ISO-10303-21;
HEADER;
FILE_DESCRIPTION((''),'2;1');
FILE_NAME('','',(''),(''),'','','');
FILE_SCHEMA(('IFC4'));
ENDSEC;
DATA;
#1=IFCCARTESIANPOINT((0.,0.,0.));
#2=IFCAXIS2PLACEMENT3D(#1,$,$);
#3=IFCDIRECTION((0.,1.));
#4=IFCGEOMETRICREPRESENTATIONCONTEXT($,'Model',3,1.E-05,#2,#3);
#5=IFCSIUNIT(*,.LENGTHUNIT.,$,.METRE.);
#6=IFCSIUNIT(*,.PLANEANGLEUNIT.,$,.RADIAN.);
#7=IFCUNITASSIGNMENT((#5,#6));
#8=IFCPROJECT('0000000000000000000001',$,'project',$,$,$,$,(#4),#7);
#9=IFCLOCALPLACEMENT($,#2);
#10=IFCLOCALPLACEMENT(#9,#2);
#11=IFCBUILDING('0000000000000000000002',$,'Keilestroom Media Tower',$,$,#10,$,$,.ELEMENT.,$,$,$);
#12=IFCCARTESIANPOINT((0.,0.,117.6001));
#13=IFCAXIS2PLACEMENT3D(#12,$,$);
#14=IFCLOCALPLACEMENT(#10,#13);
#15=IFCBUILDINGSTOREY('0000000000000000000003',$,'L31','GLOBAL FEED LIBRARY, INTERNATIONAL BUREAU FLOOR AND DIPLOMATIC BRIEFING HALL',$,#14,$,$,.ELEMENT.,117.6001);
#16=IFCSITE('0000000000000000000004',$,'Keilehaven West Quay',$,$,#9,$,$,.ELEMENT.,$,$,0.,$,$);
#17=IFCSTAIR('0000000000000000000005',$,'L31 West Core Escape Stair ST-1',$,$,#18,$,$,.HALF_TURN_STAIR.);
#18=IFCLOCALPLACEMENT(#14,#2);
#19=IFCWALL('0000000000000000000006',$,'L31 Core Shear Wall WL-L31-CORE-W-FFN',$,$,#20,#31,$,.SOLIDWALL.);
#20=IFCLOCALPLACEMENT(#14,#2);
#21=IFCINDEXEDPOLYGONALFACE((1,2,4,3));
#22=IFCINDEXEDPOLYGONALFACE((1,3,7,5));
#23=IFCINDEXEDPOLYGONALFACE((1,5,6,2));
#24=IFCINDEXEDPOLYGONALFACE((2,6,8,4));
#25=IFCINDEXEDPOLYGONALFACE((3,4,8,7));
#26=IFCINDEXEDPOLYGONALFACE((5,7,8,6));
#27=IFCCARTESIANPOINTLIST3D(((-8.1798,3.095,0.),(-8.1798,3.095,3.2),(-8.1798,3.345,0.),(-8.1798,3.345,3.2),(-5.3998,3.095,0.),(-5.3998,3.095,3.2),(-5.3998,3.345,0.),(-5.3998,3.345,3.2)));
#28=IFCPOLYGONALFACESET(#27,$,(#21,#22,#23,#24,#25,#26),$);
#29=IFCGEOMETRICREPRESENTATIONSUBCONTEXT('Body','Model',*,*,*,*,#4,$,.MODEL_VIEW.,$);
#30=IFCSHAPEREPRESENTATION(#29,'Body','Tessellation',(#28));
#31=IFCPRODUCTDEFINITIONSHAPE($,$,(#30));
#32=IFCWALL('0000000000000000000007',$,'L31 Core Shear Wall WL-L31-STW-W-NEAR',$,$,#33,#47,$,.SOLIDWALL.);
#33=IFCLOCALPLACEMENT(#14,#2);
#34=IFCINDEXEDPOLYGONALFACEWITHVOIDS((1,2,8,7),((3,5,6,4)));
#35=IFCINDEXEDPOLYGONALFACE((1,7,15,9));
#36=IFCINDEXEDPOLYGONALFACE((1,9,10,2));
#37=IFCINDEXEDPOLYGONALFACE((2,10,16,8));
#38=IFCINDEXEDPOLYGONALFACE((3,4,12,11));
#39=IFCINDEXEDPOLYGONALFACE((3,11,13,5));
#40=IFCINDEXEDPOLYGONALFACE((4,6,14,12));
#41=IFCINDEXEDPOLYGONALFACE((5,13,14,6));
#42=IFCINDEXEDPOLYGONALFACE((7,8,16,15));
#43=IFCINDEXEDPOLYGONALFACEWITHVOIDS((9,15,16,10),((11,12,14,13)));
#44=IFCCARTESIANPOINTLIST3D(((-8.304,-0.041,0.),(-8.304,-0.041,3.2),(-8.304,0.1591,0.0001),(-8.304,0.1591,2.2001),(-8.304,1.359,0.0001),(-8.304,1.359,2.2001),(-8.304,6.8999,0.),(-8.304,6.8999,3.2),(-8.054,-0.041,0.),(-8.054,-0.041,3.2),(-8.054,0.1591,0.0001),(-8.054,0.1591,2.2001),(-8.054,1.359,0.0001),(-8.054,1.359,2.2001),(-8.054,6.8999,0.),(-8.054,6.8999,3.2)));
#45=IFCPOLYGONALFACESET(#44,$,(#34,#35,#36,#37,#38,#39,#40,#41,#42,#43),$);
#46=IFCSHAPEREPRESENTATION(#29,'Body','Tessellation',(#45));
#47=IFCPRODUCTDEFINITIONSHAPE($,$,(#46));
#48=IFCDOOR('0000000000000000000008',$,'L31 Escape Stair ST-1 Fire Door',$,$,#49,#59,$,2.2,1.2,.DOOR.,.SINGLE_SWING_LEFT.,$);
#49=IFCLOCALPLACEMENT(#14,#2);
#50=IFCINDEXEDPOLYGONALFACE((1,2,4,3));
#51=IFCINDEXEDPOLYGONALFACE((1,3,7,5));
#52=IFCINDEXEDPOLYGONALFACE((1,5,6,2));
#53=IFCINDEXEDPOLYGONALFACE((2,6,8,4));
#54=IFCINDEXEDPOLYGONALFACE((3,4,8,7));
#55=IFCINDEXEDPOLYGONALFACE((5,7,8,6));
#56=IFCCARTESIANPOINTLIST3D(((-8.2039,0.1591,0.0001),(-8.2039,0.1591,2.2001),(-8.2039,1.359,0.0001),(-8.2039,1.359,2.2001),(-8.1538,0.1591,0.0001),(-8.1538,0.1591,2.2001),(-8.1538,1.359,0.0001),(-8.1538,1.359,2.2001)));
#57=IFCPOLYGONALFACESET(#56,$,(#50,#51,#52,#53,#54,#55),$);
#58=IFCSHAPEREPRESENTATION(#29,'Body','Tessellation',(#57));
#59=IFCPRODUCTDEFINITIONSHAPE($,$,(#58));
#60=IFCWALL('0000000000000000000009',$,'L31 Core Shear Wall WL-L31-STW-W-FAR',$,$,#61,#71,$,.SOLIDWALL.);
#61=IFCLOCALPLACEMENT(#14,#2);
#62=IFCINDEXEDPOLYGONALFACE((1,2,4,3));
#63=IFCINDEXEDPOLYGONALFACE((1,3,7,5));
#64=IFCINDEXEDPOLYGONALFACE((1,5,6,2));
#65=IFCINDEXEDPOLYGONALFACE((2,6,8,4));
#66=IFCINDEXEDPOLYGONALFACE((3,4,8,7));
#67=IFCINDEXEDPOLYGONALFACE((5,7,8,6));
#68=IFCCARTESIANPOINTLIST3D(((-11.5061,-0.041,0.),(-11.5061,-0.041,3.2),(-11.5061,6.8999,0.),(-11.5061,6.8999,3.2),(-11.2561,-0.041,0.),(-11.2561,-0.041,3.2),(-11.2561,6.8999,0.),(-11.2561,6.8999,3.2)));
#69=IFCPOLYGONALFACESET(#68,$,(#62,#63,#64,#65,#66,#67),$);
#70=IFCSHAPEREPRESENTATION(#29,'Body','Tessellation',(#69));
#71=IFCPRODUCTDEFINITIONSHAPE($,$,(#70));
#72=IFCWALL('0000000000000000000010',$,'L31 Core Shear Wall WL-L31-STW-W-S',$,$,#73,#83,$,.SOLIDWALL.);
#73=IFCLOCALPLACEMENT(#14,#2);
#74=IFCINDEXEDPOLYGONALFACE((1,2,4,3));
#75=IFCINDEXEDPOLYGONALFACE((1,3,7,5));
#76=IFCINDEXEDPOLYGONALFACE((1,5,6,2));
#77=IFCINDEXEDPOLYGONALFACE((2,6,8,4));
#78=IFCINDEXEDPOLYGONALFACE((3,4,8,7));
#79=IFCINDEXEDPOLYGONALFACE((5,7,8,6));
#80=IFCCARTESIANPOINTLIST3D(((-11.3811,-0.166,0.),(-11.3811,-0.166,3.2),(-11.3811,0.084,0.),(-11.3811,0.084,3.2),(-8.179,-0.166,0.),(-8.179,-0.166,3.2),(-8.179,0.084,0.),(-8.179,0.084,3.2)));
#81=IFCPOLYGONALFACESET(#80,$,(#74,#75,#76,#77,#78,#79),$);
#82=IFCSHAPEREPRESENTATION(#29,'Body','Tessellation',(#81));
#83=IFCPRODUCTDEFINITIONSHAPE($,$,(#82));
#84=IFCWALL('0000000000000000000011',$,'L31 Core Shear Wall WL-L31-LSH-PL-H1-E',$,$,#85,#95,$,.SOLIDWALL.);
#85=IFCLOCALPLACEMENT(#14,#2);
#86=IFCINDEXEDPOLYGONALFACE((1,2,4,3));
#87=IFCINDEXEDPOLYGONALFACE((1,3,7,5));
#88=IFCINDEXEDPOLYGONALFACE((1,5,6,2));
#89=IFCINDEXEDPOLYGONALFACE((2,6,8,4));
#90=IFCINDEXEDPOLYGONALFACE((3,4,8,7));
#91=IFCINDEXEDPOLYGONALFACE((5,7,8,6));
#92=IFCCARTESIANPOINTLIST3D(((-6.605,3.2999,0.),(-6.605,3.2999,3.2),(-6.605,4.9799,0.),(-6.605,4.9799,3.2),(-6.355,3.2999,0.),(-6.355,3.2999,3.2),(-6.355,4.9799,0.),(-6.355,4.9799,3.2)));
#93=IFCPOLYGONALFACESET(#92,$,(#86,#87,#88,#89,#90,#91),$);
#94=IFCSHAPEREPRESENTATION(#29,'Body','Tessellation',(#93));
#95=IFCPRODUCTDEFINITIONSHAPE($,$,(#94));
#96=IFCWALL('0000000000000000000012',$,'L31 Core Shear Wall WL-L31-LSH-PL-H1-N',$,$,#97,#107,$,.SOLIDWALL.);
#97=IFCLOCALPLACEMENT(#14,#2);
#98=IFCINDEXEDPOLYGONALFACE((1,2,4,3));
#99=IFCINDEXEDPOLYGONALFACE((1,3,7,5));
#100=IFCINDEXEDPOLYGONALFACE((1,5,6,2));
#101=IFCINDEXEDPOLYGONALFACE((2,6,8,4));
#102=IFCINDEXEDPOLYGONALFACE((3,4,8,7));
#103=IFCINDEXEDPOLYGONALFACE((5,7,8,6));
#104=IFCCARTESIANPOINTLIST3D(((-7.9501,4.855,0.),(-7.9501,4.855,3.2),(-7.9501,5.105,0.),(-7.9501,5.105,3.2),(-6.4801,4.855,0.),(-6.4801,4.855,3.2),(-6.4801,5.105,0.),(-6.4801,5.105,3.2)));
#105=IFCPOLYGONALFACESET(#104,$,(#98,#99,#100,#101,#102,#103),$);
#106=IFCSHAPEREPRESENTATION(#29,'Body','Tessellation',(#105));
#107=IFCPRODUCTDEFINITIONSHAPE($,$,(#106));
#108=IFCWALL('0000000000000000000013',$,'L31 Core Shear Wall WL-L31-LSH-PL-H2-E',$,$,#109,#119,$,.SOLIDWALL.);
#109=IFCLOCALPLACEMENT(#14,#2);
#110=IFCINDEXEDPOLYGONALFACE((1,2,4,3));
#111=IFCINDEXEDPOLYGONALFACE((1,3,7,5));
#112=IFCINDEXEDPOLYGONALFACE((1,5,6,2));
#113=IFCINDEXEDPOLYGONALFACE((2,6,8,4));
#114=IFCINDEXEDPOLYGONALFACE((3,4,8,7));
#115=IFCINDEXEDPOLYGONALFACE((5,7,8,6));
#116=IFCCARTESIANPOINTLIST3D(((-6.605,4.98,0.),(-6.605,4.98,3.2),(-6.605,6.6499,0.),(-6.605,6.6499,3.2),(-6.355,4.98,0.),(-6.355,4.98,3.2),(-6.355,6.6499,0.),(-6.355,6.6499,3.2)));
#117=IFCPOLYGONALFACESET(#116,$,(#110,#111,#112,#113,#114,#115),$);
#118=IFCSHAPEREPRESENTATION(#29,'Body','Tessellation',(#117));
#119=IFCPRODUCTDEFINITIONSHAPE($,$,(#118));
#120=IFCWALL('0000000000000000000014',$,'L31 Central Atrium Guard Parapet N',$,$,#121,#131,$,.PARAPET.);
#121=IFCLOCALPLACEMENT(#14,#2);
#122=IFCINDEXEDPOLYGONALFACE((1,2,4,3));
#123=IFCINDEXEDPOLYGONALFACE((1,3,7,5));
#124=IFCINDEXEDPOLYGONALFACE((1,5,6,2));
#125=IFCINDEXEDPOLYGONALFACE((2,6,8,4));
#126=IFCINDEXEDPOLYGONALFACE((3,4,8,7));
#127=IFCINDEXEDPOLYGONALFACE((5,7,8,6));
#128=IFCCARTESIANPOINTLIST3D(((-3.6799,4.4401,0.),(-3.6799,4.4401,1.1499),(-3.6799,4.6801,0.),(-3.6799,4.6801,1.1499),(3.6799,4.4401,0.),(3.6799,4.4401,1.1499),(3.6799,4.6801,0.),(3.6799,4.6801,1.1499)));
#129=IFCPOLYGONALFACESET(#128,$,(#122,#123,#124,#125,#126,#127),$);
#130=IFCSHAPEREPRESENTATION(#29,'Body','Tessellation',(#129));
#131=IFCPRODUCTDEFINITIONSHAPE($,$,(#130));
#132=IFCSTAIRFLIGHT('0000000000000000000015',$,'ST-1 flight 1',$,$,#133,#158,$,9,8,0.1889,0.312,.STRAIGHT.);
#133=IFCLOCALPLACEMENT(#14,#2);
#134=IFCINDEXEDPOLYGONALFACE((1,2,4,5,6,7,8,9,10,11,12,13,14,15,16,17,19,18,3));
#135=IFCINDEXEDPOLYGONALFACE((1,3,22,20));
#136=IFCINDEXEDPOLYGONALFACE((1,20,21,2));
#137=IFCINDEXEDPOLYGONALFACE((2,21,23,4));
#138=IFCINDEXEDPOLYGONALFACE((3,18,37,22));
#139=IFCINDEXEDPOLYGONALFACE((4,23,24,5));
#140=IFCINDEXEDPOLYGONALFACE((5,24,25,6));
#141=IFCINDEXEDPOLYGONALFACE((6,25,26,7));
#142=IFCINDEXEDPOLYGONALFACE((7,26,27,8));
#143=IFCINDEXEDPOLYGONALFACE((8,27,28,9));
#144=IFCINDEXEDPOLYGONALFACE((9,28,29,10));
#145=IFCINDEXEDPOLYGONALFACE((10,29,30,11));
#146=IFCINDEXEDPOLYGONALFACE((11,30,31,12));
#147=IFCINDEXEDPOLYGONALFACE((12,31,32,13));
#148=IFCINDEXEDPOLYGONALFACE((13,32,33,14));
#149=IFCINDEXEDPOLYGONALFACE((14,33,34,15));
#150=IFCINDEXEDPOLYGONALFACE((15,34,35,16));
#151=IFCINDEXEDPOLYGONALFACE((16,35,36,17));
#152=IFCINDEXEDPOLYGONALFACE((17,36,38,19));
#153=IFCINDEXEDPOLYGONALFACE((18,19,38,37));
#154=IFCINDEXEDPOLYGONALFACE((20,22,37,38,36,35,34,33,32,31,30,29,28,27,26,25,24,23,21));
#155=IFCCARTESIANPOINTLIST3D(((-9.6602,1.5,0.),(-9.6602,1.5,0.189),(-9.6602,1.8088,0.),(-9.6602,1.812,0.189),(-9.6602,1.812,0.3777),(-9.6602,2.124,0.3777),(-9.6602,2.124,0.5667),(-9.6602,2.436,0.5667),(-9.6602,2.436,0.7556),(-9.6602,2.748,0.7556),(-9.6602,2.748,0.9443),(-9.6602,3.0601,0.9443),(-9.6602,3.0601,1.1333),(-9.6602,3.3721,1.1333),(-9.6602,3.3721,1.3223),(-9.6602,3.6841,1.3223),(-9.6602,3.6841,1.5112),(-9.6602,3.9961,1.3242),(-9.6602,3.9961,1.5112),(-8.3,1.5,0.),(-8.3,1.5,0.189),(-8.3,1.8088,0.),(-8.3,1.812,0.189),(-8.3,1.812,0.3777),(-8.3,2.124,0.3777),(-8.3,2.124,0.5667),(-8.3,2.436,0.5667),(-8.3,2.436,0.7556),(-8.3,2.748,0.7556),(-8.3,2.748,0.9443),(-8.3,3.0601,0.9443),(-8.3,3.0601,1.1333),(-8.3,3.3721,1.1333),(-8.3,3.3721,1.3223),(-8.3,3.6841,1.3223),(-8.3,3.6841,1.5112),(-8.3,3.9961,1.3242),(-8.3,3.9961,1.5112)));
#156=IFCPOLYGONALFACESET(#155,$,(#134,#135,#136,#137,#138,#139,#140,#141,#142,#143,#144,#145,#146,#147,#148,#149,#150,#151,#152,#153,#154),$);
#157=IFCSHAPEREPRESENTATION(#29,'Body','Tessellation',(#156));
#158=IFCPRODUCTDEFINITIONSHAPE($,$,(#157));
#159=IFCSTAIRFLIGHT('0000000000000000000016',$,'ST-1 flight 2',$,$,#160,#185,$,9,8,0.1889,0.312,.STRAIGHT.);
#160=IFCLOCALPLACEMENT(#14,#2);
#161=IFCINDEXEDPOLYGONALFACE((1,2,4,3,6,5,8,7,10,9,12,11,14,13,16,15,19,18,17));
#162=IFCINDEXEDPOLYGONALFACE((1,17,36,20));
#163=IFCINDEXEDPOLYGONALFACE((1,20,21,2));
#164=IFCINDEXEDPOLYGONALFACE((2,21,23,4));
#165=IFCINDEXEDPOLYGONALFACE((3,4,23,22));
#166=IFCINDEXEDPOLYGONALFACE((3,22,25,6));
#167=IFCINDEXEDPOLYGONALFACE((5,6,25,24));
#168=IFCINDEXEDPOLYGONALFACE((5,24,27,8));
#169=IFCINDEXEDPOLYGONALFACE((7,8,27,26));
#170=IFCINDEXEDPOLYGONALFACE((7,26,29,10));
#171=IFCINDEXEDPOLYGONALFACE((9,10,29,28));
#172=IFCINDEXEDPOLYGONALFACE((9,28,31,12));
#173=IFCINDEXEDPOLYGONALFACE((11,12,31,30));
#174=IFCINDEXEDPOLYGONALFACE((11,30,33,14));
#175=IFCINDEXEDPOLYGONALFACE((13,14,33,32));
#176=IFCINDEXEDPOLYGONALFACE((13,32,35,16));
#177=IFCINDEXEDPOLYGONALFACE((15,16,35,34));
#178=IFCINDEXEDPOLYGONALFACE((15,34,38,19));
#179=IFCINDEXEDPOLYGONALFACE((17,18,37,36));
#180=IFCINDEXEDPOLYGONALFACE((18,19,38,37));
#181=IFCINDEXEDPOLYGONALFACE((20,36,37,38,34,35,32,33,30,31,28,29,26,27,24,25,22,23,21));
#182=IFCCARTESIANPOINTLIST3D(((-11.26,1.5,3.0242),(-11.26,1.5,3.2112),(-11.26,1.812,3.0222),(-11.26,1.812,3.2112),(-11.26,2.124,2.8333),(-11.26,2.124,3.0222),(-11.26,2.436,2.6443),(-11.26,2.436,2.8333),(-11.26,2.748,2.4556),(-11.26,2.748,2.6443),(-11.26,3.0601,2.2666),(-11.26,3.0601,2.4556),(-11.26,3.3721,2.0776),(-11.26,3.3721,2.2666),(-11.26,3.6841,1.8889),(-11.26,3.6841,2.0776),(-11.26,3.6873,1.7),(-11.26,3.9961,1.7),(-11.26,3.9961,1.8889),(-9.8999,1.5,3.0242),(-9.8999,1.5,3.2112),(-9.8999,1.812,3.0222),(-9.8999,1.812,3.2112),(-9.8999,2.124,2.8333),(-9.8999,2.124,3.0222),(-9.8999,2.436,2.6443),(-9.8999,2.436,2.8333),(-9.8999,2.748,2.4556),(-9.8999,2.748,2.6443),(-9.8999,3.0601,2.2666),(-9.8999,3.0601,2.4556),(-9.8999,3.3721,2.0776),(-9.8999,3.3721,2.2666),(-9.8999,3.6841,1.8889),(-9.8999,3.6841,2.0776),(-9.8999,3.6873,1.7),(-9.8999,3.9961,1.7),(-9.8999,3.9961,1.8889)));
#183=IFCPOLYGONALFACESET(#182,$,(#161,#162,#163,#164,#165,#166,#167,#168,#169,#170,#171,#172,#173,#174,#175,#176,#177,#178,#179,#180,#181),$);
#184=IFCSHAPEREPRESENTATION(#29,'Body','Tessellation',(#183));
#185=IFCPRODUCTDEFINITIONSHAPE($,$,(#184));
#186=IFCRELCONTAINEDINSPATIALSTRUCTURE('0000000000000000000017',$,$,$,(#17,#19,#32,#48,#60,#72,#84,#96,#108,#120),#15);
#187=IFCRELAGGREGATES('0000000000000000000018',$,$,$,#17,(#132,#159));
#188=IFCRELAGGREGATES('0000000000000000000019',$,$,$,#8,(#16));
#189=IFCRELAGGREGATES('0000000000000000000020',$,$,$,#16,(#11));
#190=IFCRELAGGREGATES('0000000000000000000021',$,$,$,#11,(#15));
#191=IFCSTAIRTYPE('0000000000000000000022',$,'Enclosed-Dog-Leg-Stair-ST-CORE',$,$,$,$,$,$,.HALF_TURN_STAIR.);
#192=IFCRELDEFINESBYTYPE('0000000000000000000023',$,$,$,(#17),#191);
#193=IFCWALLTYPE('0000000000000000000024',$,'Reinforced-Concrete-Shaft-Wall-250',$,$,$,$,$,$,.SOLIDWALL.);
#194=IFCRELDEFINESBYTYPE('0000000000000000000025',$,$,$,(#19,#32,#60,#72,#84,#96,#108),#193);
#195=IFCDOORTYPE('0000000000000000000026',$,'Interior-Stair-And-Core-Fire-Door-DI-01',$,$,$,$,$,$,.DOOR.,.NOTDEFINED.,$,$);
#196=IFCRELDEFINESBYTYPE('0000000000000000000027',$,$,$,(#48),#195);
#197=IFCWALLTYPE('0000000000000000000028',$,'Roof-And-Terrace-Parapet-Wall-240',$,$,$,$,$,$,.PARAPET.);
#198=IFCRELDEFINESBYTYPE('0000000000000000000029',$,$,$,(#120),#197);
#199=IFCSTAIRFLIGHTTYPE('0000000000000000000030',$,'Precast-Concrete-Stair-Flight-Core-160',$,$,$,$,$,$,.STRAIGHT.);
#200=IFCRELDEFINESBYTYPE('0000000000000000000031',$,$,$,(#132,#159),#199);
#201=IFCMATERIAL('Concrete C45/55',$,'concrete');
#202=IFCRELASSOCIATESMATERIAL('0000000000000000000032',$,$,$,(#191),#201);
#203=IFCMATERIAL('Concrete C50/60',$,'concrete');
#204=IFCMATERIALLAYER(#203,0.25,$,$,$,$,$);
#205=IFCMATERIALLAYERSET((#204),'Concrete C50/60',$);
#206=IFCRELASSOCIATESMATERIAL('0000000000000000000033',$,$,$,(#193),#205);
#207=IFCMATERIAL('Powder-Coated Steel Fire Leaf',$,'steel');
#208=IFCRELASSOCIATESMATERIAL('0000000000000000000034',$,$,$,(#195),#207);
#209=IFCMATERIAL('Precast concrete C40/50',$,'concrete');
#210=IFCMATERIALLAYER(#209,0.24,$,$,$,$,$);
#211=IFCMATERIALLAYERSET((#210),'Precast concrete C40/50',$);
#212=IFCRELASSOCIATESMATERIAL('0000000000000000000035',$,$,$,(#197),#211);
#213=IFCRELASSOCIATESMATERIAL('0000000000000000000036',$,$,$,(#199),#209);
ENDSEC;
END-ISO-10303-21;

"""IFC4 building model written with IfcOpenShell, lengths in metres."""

from ifc_helpers import new_model, si_unit, direction, frame, frame_2d, origin, place, context, subcontext, project, spatial, polyline, rectangle, outline, extrude, source, transform, mapped, material, layer, layer_set, type_object, element, fill, aggregate, save


model = new_model("IFC4")

# Units and contexts
model_context = context("Model", 3, precision=1e-05, world=origin(), true_north=direction((0.0, 1.0)))
body_context = subcontext(model_context, "Body", "Model", "MODEL_VIEW")
ifc_project = project(units=[si_unit("LENGTHUNIT", "METRE"), si_unit("PLANEANGLEUNIT", "RADIAN")], contexts=[model_context])

# Site, building, storey
site_placement = place(None, origin())
site = spatial("IfcSite", under=ifc_project, at=site_placement, Name="Keilehaven West Quay", CompositionType="ELEMENT", RefElevation=0.0)
building_placement = place(site_placement, origin())
building = spatial("IfcBuilding", under=site, at=building_placement, Name="Keilestroom Media Tower", CompositionType="ELEMENT")
storey_placement = place(building_placement, frame((0.0, 0.0, 117.6001)))
storey = spatial("IfcBuildingStorey", under=building, at=storey_placement, Name="L31", Description="GLOBAL FEED LIBRARY, INTERNATIONAL BUREAU FLOOR AND DIPLOMATIC BRIEFING HALL", CompositionType="ELEMENT", Elevation=117.6001)

# Shared definitions
ifc_material_1 = material(Name="Concrete C50/60", Category="concrete")

# Stair
ifc_material_2 = material(Name="Concrete C45/55", Category="concrete")
stair_type = type_object("IfcStairType", Name="Enclosed-Dog-Leg-Stair-ST-CORE", PredefinedType="HALF_TURN_STAIR", material=ifc_material_2)
stair_1_placement = place(storey_placement, origin())
stair_1 = element("IfcStair", 1, at=stair_1_placement, inside=storey, type_object=stair_type, Name="L31 West Core Escape Stair ST-1", PredefinedType="HALF_TURN_STAIR")

# Wall
ifc_layer_1 = layer(ifc_material_1, 0.25)
ifc_layer_set_1 = layer_set([ifc_layer_1], Name="Concrete C50/60")
wall_type_1 = type_object("IfcWallType", Name="Reinforced-Concrete-Shaft-Wall-250", PredefinedType="SOLIDWALL", material=ifc_layer_set_1)
wall_1_placement = place(storey_placement, frame((-8.1799, 3.22, 0.0), z_axis=(0.0, 0.0, 1.0), x_axis=(1.0, 0.0, 0.0)))
element("IfcWall", 2, at=wall_1_placement, inside=storey, type_object=wall_type_1, Name="L31 Core Shear Wall WL-L31-CORE-W-FFN", PredefinedType="SOLIDWALL", context=body_context, shape_type="SweptSolid", body=[
    extrude(rectangle(XDim=2.78, YDim=0.25, at=frame_2d((1.3901, 0.0))), origin(), (0.0, 0.0, 1.0), 3.2),
])

# Wall, opening, door
wall_2_placement = place(storey_placement, frame((-8.179, -0.041, 0.0), z_axis=(0.0, 0.0, 1.0), x_axis=(0.0, 1.0, 0.0)))
wall_2 = element("IfcWall", 3, at=wall_2_placement, inside=storey, type_object=wall_type_1, Name="L31 Core Shear Wall WL-L31-STW-W-NEAR", PredefinedType="SOLIDWALL", context=body_context, shape_type="SweptSolid", body=[
    extrude(rectangle(XDim=6.9409, YDim=0.25, at=frame_2d((3.4705, 0.0))), origin(), (0.0, 0.0, 1.0), 3.2),
])
opening_placement = place(wall_2_placement, frame((0.2, 0.0, 0.0)))
opening = element("IfcOpeningElement", 4, at=opening_placement, cuts=wall_2, PredefinedType="OPENING", context=body_context, shape_type="SweptSolid", body=[
    extrude(rectangle(XDim=1.2, YDim=2.2, at=frame_2d((0.6001, 1.1001))), frame((0.0, 0.135, 0.0), z_axis=(0.0, -1.0, 0.0), x_axis=(1.0, 0.0, 0.0)), (0.0, 0.0, 1.0), 0.27),
])
ifc_material_3 = material(Name="Powder-Coated Steel Fire Leaf", Category="steel")
door_type = type_object("IfcDoorType", Name="Interior-Stair-And-Core-Fire-Door-DI-01", OperationType="NOTDEFINED", PredefinedType="DOOR", material=ifc_material_3)
shared_shape_1 = source(origin(), body_context, "Body", "SweptSolid", [
    extrude(rectangle(XDim=1.2, YDim=2.2, at=frame_2d((0.6001, 1.1001))), frame((0.0, 0.0249, 0.0), z_axis=(0.0, -1.0, 0.0), x_axis=(1.0, 0.0, 0.0)), (0.0, 0.0, 1.0), 0.05),
])
door_placement = place(opening_placement, origin())
door = element("IfcDoor", 5, at=door_placement, inside=storey, type_object=door_type, Name="L31 Escape Stair ST-1 Fire Door", OperationType="SINGLE_SWING_LEFT", OverallHeight=2.2, OverallWidth=1.2, PredefinedType="DOOR", context=body_context, shape_type="MappedRepresentation", body=[
    mapped(shared_shape_1, transform((0.0, 0.0, 0.0), x_axis=(1.0, 0.0, 0.0), y_axis=(0.0, 1.0, 0.0), z_axis=(0.0, 0.0, 1.0), scale=1.0)),
])
fill(opening, door)

# Walls
wall_3_placement = place(storey_placement, frame((-11.3811, -0.041, 0.0), z_axis=(0.0, 0.0, 1.0), x_axis=(0.0, 1.0, 0.0)))
element("IfcWall", 6, at=wall_3_placement, inside=storey, type_object=wall_type_1, Name="L31 Core Shear Wall WL-L31-STW-W-FAR", PredefinedType="SOLIDWALL", context=body_context, shape_type="SweptSolid", body=[
    extrude(rectangle(XDim=6.9409, YDim=0.25, at=frame_2d((3.4705, 0.0))), origin(), (0.0, 0.0, 1.0), 3.2),
])
wall_4_placement = place(storey_placement, frame((-11.3811, -0.041, 0.0), z_axis=(0.0, 0.0, 1.0), x_axis=(1.0, 0.0, 0.0)))
element("IfcWall", 7, at=wall_4_placement, inside=storey, type_object=wall_type_1, Name="L31 Core Shear Wall WL-L31-STW-W-S", PredefinedType="SOLIDWALL", context=body_context, shape_type="SweptSolid", body=[
    extrude(rectangle(XDim=3.2021, YDim=0.25, at=frame_2d((1.6011, 0.0))), origin(), (0.0, 0.0, 1.0), 3.2),
])
wall_5_placement = place(storey_placement, frame((-6.48, 3.3, 0.0), z_axis=(0.0, 0.0, 1.0), x_axis=(0.0, 1.0, 0.0)))
element("IfcWall", 8, at=wall_5_placement, inside=storey, type_object=wall_type_1, Name="L31 Core Shear Wall WL-L31-LSH-PL-H1-E", PredefinedType="SOLIDWALL", context=body_context, shape_type="SweptSolid", body=[
    extrude(rectangle(XDim=1.6799, YDim=0.25, at=frame_2d((0.8398, 0.0))), origin(), (0.0, 0.0, 1.0), 3.2),
])
wall_6_placement = place(storey_placement, frame((-7.95, 4.98, 0.0), z_axis=(0.0, 0.0, 1.0), x_axis=(1.0, 0.0, 0.0)))
element("IfcWall", 9, at=wall_6_placement, inside=storey, type_object=wall_type_1, Name="L31 Core Shear Wall WL-L31-LSH-PL-H1-N", PredefinedType="SOLIDWALL", context=body_context, shape_type="SweptSolid", body=[
    extrude(rectangle(XDim=1.47, YDim=0.25, at=frame_2d((0.7349, 0.0))), origin(), (0.0, 0.0, 1.0), 3.2),
])
wall_7_placement = place(storey_placement, frame((-6.48, 4.98, 0.0), z_axis=(0.0, 0.0, 1.0), x_axis=(0.0, 1.0, 0.0)))
element("IfcWall", 10, at=wall_7_placement, inside=storey, type_object=wall_type_1, Name="L31 Core Shear Wall WL-L31-LSH-PL-H2-E", PredefinedType="SOLIDWALL", context=body_context, shape_type="SweptSolid", body=[
    extrude(rectangle(XDim=1.6699, YDim=0.25, at=frame_2d((0.835, 0.0))), origin(), (0.0, 0.0, 1.0), 3.2),
])
ifc_material_4 = material(Name="Precast concrete C40/50", Category="concrete")
ifc_layer_2 = layer(ifc_material_4, 0.24)
ifc_layer_set_2 = layer_set([ifc_layer_2], Name="Precast concrete C40/50")
wall_type_2 = type_object("IfcWallType", Name="Roof-And-Terrace-Parapet-Wall-240", PredefinedType="PARAPET", material=ifc_layer_set_2)
wall_8_placement = place(storey_placement, frame((-3.6799, 4.5601, 0.0), z_axis=(0.0, 0.0, 1.0), x_axis=(1.0, 0.0, 0.0)))
element("IfcWall", 11, at=wall_8_placement, inside=storey, type_object=wall_type_2, Name="L31 Central Atrium Guard Parapet N", PredefinedType="PARAPET", context=body_context, shape_type="SweptSolid", body=[
    extrude(rectangle(XDim=7.3599, YDim=0.24, at=frame_2d((3.6799, 0.0))), origin(), (0.0, 0.0, 1.0), 1.1499),
])

# Stair flights
stair_flight_type = type_object("IfcStairFlightType", Name="Precast-Concrete-Stair-Flight-Core-160", PredefinedType="STRAIGHT", material=ifc_material_4)
stair_flight_1_placement = place(storey_placement, frame((-8.98, 1.5, 0.0), z_axis=(0.0, 0.0, 1.0), x_axis=(0.0, 1.0, 0.0)))
stair_flight_1 = element("IfcStairFlight", 12, at=stair_flight_1_placement, type_object=stair_flight_type, Name="ST-1 flight 1", NumberOfRisers=9, NumberOfTreads=8, PredefinedType="STRAIGHT", RiserHeight=0.1889, TreadLength=0.312, context=body_context, shape_type="SweptSolid", body=[
    extrude(outline(polyline([(0.0, 0.0), (0.0, 0.189), (0.312, 0.189), (0.312, 0.3777), (0.624, 0.3777), (0.624, 0.5667), (0.936, 0.5667), (0.936, 0.7556), (1.248, 0.7556), (1.248, 0.9443), (1.5601, 0.9443), (1.5601, 1.1333), (1.8721, 1.1333), (1.8721, 1.3223), (2.1841, 1.3223), (2.1841, 1.5112), (2.4961, 1.5112), (2.4961, 1.7), (2.4961, 1.3242), (0.3088, 0.0), (0.0, 0.0)])), frame((0.0, 0.6802, 0.0), z_axis=(0.0, -1.0, 0.0), x_axis=(1.0, 0.0, 0.0)), (0.0, 0.0, 1.0), 1.3601),
])
stair_flight_2_placement = place(storey_placement, frame((-10.5801, 3.9961, 1.7), z_axis=(0.0, 0.0, 1.0), x_axis=(0.0, -1.0, 0.0)))
stair_flight_2 = element("IfcStairFlight", 13, at=stair_flight_2_placement, type_object=stair_flight_type, Name="ST-1 flight 2", NumberOfRisers=9, NumberOfTreads=8, PredefinedType="STRAIGHT", RiserHeight=0.1889, TreadLength=0.312, context=body_context, shape_type="SweptSolid", body=[
    extrude(outline(polyline([(0.0, 0.0), (0.0, 0.189), (0.312, 0.189), (0.312, 0.3777), (0.624, 0.3777), (0.624, 0.5667), (0.936, 0.5667), (0.936, 0.7556), (1.248, 0.7556), (1.248, 0.9443), (1.5601, 0.9443), (1.5601, 1.1333), (1.8721, 1.1333), (1.8721, 1.3223), (2.1841, 1.3223), (2.1841, 1.5112), (2.4961, 1.5112), (2.4961, 1.7), (2.4961, 1.3242), (0.3088, 0.0), (0.0, 0.0)])), frame((0.0, 0.6802, 0.0), z_axis=(0.0, -1.0, 0.0), x_axis=(1.0, 0.0, 0.0)), (0.0, 0.0, 1.0), 1.3601),
])
aggregate(stair_1, [stair_flight_1, stair_flight_2])

save(model, "model.ifc")
